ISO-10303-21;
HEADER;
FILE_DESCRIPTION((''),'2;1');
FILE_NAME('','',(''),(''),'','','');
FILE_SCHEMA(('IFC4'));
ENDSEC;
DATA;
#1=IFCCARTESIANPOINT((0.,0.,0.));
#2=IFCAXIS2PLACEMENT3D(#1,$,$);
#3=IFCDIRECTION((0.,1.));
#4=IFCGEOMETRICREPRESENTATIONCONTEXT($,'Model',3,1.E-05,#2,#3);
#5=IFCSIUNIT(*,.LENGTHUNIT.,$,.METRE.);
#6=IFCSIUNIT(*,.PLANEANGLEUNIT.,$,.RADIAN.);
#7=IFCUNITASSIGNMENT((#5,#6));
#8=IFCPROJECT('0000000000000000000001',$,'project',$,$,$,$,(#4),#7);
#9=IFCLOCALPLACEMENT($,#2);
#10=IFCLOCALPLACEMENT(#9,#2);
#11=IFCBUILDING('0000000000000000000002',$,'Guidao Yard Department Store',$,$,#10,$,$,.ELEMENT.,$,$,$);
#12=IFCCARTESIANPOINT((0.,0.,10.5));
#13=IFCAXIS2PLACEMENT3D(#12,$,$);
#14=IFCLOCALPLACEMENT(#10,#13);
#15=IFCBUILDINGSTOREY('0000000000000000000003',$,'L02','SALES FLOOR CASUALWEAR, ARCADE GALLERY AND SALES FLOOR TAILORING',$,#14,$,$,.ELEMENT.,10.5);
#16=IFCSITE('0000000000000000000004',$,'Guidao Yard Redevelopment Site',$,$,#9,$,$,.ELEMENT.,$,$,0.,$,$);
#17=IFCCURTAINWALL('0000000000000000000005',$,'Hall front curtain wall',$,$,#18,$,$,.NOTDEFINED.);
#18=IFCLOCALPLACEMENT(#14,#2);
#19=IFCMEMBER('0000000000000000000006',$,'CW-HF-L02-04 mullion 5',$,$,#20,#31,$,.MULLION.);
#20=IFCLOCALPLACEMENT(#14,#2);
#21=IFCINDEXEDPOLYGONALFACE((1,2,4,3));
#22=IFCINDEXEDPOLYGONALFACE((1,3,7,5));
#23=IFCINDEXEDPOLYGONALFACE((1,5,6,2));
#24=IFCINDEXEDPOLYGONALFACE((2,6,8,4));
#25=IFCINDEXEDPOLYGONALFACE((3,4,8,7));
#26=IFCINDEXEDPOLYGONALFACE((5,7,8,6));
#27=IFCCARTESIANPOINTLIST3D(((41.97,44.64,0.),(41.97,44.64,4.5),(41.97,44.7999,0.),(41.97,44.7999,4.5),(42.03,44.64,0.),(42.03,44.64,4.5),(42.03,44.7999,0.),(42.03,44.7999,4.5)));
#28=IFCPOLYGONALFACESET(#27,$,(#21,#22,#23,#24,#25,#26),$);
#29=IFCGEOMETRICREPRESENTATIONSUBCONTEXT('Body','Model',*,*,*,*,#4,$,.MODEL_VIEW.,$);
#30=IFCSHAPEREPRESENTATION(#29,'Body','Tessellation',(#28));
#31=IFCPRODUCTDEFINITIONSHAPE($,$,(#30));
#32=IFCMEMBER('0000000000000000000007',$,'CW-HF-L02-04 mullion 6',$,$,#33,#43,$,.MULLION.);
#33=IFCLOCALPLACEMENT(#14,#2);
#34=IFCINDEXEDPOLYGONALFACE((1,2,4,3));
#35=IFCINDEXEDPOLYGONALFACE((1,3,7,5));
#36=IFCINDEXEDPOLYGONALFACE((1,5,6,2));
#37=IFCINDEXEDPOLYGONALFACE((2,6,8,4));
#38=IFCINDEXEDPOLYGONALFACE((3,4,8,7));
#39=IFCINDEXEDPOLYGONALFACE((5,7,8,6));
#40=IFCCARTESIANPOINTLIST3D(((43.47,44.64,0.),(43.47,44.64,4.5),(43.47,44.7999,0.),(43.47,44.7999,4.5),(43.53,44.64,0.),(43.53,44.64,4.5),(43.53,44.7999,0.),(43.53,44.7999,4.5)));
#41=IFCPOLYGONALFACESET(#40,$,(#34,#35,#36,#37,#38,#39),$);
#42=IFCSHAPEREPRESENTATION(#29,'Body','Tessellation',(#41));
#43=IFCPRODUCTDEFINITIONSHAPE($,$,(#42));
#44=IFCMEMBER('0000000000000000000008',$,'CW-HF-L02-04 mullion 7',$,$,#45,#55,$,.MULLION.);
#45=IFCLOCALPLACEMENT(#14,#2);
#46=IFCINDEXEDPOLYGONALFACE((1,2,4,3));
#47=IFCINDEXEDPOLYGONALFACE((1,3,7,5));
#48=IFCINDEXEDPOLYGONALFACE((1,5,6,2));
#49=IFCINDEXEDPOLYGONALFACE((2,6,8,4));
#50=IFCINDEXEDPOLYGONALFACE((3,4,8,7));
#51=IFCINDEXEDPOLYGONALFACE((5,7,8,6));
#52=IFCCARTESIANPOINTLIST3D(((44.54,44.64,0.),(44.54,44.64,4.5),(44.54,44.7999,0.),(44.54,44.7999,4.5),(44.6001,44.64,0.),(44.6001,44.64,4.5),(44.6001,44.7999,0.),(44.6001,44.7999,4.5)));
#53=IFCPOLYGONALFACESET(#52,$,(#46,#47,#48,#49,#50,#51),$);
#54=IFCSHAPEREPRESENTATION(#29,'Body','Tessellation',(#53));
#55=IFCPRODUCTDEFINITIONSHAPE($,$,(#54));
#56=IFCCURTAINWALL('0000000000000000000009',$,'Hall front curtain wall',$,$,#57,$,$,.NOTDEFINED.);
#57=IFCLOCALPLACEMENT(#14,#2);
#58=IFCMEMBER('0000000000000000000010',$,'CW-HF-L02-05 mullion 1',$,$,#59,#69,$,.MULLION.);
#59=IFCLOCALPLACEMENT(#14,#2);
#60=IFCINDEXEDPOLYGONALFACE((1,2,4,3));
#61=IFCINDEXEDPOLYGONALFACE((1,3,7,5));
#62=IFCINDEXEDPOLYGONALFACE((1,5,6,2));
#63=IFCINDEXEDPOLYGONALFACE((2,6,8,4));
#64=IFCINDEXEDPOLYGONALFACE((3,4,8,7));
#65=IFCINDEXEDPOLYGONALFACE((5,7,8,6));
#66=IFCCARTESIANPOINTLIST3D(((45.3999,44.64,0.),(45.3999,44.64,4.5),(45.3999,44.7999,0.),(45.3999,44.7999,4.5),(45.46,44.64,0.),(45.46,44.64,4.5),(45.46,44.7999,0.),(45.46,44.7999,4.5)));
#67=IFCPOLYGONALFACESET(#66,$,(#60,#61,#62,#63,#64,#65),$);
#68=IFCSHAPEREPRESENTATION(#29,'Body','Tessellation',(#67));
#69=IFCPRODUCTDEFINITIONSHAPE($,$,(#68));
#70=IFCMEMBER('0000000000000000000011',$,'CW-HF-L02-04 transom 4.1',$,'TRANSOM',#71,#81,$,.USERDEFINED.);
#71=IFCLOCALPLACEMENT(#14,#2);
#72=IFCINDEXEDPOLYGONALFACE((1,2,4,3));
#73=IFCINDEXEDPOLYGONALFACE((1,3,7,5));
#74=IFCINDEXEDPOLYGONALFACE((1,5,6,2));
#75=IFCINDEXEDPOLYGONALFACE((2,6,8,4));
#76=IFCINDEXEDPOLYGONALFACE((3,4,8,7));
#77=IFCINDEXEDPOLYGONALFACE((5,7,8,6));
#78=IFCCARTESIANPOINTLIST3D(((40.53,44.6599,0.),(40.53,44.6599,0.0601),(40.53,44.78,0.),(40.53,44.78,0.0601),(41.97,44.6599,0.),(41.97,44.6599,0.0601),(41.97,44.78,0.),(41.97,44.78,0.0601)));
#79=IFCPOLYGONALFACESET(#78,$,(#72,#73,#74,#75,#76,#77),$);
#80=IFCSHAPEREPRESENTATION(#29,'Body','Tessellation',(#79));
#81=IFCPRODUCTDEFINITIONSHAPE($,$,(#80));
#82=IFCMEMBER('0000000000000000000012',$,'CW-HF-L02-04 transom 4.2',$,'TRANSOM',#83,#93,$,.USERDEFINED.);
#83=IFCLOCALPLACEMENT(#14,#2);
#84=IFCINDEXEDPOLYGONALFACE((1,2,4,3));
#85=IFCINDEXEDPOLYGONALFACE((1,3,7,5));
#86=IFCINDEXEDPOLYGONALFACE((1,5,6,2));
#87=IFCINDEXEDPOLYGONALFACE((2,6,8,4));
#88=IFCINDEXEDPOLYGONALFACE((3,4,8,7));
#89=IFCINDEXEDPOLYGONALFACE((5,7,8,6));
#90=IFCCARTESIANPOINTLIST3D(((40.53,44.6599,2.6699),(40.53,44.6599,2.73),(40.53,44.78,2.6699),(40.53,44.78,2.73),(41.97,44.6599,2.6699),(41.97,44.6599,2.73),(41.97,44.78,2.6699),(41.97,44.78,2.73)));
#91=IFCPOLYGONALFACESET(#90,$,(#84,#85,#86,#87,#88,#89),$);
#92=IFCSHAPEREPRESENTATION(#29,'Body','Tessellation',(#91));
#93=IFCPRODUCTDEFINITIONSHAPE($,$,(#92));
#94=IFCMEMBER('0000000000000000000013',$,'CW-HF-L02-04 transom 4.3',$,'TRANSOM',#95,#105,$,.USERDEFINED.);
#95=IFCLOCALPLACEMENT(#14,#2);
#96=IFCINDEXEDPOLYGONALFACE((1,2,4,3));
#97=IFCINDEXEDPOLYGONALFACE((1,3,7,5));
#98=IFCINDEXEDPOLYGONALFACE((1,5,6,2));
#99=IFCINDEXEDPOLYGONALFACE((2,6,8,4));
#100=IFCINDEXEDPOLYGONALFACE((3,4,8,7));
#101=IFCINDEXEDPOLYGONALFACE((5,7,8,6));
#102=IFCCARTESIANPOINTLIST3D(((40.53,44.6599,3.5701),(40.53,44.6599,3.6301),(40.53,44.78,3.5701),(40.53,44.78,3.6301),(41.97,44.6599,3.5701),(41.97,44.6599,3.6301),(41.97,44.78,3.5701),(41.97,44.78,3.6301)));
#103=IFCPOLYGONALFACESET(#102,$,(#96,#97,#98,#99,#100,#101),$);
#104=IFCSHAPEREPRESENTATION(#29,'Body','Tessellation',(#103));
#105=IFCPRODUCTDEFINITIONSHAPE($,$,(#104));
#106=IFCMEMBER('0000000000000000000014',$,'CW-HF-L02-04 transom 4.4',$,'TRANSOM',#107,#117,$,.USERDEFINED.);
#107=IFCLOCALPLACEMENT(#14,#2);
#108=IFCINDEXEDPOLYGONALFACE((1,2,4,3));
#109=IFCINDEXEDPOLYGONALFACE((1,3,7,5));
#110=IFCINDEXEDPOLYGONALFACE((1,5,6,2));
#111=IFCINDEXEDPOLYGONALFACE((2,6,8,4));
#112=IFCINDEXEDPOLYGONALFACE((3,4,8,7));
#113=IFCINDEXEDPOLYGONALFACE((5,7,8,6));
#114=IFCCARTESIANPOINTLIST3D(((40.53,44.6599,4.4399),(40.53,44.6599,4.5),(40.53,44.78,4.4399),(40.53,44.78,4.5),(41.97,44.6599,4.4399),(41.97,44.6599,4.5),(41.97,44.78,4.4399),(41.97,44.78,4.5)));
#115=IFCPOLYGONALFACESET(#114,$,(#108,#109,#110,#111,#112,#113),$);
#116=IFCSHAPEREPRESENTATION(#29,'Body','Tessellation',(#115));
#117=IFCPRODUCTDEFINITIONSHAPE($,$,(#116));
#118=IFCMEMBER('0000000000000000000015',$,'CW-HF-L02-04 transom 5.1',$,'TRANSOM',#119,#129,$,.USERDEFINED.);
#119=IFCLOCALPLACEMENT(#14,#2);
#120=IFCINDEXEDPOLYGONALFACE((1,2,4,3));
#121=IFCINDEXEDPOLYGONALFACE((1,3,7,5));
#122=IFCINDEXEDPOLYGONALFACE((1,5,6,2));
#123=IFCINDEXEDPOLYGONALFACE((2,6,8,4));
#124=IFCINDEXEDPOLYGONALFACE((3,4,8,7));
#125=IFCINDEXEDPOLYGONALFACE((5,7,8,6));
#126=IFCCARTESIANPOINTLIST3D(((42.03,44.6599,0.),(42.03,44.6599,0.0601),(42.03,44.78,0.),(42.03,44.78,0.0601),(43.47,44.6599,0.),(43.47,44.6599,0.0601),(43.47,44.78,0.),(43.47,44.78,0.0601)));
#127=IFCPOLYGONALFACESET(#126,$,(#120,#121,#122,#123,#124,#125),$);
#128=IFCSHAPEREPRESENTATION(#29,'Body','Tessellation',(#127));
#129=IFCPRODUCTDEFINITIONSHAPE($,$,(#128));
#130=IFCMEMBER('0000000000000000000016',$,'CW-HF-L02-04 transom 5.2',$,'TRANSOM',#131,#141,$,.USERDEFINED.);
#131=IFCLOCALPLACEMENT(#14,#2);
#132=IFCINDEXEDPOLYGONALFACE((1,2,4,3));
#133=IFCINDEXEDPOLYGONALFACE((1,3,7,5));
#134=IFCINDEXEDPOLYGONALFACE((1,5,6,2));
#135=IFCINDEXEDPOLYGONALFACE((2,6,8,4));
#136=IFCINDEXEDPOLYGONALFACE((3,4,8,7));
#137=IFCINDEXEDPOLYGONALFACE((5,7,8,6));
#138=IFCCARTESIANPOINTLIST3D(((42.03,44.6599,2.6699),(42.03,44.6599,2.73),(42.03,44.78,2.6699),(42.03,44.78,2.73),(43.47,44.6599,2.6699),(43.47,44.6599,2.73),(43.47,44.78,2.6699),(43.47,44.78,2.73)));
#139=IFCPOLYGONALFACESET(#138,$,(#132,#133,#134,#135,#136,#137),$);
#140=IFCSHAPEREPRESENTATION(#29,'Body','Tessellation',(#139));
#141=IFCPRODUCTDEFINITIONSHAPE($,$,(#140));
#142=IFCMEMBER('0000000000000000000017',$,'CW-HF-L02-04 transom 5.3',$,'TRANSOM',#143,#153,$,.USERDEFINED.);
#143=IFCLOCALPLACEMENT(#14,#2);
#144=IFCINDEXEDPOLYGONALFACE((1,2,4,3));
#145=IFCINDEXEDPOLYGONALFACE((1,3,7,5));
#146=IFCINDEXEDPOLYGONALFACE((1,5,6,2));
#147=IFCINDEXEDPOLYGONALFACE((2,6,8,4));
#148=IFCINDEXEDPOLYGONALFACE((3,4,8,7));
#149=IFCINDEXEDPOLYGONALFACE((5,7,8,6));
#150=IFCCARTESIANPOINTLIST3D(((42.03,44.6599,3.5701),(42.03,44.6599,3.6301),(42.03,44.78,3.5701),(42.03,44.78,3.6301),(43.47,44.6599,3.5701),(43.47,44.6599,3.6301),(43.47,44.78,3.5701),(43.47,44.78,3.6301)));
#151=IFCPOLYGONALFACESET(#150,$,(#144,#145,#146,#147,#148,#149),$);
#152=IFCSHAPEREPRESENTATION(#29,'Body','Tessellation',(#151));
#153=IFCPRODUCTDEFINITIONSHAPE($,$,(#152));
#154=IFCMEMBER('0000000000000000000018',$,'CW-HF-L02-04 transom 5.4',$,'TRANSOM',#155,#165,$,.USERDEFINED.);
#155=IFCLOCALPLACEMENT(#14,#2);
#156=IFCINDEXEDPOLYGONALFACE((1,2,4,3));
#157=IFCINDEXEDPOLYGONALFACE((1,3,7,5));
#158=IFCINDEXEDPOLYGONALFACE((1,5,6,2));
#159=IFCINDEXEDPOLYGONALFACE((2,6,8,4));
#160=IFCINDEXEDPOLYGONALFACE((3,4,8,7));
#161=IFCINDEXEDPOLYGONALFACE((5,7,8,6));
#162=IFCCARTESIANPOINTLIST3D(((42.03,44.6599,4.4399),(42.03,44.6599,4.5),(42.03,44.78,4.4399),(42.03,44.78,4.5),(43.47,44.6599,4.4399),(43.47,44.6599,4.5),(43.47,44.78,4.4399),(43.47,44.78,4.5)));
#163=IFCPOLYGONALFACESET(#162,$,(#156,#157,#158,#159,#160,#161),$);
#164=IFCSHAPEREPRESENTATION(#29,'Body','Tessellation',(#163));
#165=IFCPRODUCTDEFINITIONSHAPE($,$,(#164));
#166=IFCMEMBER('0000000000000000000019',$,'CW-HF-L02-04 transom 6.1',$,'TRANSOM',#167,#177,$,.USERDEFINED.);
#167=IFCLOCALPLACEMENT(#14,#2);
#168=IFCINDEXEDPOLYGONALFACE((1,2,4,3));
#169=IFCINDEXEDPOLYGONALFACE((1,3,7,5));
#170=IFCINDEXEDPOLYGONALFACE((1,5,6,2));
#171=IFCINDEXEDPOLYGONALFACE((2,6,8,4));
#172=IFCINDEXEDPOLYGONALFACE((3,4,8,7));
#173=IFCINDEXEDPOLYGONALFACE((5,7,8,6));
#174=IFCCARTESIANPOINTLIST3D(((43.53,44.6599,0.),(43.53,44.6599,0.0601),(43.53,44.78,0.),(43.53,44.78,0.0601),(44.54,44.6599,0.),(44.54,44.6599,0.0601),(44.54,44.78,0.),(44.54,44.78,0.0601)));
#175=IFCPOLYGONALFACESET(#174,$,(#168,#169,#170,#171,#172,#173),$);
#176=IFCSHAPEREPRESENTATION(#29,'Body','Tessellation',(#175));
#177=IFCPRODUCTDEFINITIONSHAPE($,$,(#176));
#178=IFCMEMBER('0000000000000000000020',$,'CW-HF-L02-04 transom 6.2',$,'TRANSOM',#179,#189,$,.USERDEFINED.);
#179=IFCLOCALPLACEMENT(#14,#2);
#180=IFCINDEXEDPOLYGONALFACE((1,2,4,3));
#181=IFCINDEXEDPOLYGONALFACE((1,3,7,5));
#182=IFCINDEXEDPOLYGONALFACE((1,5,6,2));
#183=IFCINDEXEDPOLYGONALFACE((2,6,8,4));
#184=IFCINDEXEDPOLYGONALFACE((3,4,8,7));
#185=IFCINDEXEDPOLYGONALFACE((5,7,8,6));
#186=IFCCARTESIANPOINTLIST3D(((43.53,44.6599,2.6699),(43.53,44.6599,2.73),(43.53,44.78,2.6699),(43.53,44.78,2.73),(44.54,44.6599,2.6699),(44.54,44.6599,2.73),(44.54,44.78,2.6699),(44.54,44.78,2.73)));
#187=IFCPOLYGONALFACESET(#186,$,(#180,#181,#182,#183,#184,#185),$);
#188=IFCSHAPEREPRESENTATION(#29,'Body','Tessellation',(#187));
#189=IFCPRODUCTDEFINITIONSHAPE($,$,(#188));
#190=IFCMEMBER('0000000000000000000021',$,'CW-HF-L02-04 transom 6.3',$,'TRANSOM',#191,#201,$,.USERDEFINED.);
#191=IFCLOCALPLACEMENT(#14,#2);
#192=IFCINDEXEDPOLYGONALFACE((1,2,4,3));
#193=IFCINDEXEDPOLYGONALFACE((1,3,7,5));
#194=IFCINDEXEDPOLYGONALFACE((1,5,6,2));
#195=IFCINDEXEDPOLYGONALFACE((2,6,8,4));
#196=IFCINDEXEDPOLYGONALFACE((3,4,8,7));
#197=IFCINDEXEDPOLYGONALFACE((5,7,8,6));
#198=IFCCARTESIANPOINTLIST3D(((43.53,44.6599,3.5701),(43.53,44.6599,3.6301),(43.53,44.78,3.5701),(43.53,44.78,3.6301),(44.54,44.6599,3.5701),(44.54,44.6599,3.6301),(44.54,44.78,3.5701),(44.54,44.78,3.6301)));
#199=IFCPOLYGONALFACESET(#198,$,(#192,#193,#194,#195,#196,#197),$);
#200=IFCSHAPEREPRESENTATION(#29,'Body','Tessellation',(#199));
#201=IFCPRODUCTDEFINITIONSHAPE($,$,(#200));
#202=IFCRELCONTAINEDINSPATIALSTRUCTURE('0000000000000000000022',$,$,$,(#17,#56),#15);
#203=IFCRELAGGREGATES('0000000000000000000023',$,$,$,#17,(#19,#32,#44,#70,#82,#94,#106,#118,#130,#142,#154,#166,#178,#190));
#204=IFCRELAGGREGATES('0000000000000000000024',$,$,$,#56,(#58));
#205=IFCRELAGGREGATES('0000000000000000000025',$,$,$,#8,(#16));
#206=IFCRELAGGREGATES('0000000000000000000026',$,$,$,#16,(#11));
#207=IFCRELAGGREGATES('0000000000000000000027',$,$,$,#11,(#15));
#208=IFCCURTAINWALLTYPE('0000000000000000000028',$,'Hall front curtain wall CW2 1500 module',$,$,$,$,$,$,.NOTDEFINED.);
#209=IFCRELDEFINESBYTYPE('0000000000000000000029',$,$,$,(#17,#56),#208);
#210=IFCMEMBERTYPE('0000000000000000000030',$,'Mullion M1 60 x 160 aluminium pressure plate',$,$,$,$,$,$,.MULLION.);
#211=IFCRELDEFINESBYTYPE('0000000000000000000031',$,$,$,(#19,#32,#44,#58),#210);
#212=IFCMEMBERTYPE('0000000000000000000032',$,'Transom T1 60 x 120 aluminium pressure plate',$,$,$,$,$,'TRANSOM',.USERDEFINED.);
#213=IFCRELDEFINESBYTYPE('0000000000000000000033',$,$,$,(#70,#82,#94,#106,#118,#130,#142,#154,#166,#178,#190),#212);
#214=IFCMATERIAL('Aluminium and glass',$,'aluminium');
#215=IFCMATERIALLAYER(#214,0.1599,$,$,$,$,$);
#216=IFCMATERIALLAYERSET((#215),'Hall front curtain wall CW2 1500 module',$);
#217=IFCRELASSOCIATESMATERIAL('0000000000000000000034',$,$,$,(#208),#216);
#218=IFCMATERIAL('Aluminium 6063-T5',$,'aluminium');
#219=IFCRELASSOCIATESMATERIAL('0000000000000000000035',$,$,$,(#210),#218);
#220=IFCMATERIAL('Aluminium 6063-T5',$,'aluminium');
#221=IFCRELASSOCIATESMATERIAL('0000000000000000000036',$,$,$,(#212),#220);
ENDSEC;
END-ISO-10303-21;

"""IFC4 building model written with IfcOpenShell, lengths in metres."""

from ifc_helpers import new_model, si_unit, direction, frame, origin, origin_2d, place, context, subcontext, project, spatial, rectangle, extrude, material, layer, layer_set, material_profile, profile_set, type_object, element, aggregate, save


model = new_model("IFC4")

# Units and contexts
model_context = context("Model", 3, precision=1e-05, world=origin(), true_north=direction((0.0, 1.0)))
body_context = subcontext(model_context, "Body", "Model", "MODEL_VIEW")
ifc_project = project(units=[si_unit("LENGTHUNIT", "METRE"), si_unit("PLANEANGLEUNIT", "RADIAN")], contexts=[model_context])

# Site, building, storey
site_placement = place(None, origin())
site = spatial("IfcSite", under=ifc_project, at=site_placement, Name="Guidao Yard Redevelopment Site", CompositionType="ELEMENT", RefElevation=0.0)
building_placement = place(site_placement, origin())
building = spatial("IfcBuilding", under=site, at=building_placement, Name="Guidao Yard Department Store", CompositionType="ELEMENT")
storey_placement = place(building_placement, frame((0.0, 0.0, 10.5)))
storey = spatial("IfcBuildingStorey", under=building, at=storey_placement, Name="L02", Description="SALES FLOOR CASUALWEAR, ARCADE GALLERY AND SALES FLOOR TAILORING", CompositionType="ELEMENT", Elevation=10.5)

# Curtain wall, members
ifc_material_1 = material(Name="Aluminium and glass", Category="aluminium")
ifc_layer_1 = layer(ifc_material_1, 0.1599)
ifc_layer_set_1 = layer_set([ifc_layer_1], Name="Hall front curtain wall CW2 1500 module")
curtain_wall_type = type_object("IfcCurtainWallType", Name="Hall front curtain wall CW2 1500 module", PredefinedType="NOTDEFINED", material=ifc_layer_set_1)
curtain_wall_1_placement = place(storey_placement, origin())
curtain_wall_1 = element("IfcCurtainWall", 1, at=curtain_wall_1_placement, inside=storey, type_object=curtain_wall_type, Name="Hall front curtain wall", PredefinedType="NOTDEFINED")
ifc_material_2 = material(Name="Aluminium 6063-T5", Category="aluminium")
ifc_material_profile_1 = material_profile(ifc_material_2, rectangle(XDim=0.0601, YDim=0.1599, at=origin_2d()), Name="Mullion M1 60 x 160 aluminium pressure plate")
ifc_profile_set_1 = profile_set([ifc_material_profile_1], Name="Aluminium 6063-T5")
member_type_1 = type_object("IfcMemberType", Name="Mullion M1 60 x 160 aluminium pressure plate", PredefinedType="MULLION", material=ifc_profile_set_1)
member_1_placement = place(storey_placement, frame((42.0, 44.72, 0.0), z_axis=(0.0, 0.0, 1.0), x_axis=(-1.0, 0.0, 0.0)))
member_1 = element("IfcMember", 2, at=member_1_placement, type_object=member_type_1, Name="CW-HF-L02-04 mullion 5", PredefinedType="MULLION", context=body_context, shape_type="SweptSolid", body=[
    extrude(rectangle(XDim=0.0601, YDim=0.1599, at=origin_2d()), origin(), (0.0, 0.0, 1.0), 4.5),
])
member_2_placement = place(storey_placement, frame((43.5, 44.72, 0.0), z_axis=(0.0, 0.0, 1.0), x_axis=(-1.0, 0.0, 0.0)))
member_2 = element("IfcMember", 3, at=member_2_placement, type_object=member_type_1, Name="CW-HF-L02-04 mullion 6", PredefinedType="MULLION", context=body_context, shape_type="SweptSolid", body=[
    extrude(rectangle(XDim=0.0601, YDim=0.1599, at=origin_2d()), origin(), (0.0, 0.0, 1.0), 4.5),
])
member_3_placement = place(storey_placement, frame((44.5701, 44.72, 0.0), z_axis=(0.0, 0.0, 1.0), x_axis=(-1.0, 0.0, 0.0)))
member_3 = element("IfcMember", 4, at=member_3_placement, type_object=member_type_1, Name="CW-HF-L02-04 mullion 7", PredefinedType="MULLION", context=body_context, shape_type="SweptSolid", body=[
    extrude(rectangle(XDim=0.0601, YDim=0.1599, at=origin_2d()), origin(), (0.0, 0.0, 1.0), 4.5),
])

# Curtain wall, member
curtain_wall_2_placement = place(storey_placement, origin())
curtain_wall_2 = element("IfcCurtainWall", 5, at=curtain_wall_2_placement, inside=storey, type_object=curtain_wall_type, Name="Hall front curtain wall", PredefinedType="NOTDEFINED")
member_4_placement = place(storey_placement, frame((45.4299, 44.72, 0.0), z_axis=(0.0, 0.0, 1.0), x_axis=(-1.0, 0.0, 0.0)))
member_4 = element("IfcMember", 6, at=member_4_placement, type_object=member_type_1, Name="CW-HF-L02-05 mullion 1", PredefinedType="MULLION", context=body_context, shape_type="SweptSolid", body=[
    extrude(rectangle(XDim=0.0601, YDim=0.1599, at=origin_2d()), origin(), (0.0, 0.0, 1.0), 4.5),
])

# Members
ifc_material_3 = material(Name="Aluminium 6063-T5", Category="aluminium")
ifc_material_profile_2 = material_profile(ifc_material_3, rectangle(XDim=0.1201, YDim=0.0601, at=origin_2d()), Name="Transom T1 60 x 120 aluminium pressure plate")
ifc_profile_set_2 = profile_set([ifc_material_profile_2], Name="Aluminium 6063-T5")
member_type_2 = type_object("IfcMemberType", Name="Transom T1 60 x 120 aluminium pressure plate", ElementType="TRANSOM", PredefinedType="USERDEFINED", material=ifc_profile_set_2)
member_5_placement = place(storey_placement, frame((41.97, 44.72, 0.03), z_axis=(-1.0, 0.0, 0.0), x_axis=(0.0, -1.0, 0.0)))
member_5 = element("IfcMember", 7, at=member_5_placement, type_object=member_type_2, Name="CW-HF-L02-04 transom 4.1", ObjectType="TRANSOM", PredefinedType="USERDEFINED", context=body_context, shape_type="SweptSolid", body=[
    extrude(rectangle(XDim=0.1201, YDim=0.0601, at=origin_2d()), origin(), (0.0, 0.0, 1.0), 1.4399),
])
member_6_placement = place(storey_placement, frame((41.97, 44.72, 2.7), z_axis=(-1.0, 0.0, 0.0), x_axis=(0.0, -1.0, 0.0)))
member_6 = element("IfcMember", 8, at=member_6_placement, type_object=member_type_2, Name="CW-HF-L02-04 transom 4.2", ObjectType="TRANSOM", PredefinedType="USERDEFINED", context=body_context, shape_type="SweptSolid", body=[
    extrude(rectangle(XDim=0.1201, YDim=0.0601, at=origin_2d()), origin(), (0.0, 0.0, 1.0), 1.4399),
])
member_7_placement = place(storey_placement, frame((41.97, 44.72, 3.6001), z_axis=(-1.0, 0.0, 0.0), x_axis=(0.0, -1.0, 0.0)))
member_7 = element("IfcMember", 9, at=member_7_placement, type_object=member_type_2, Name="CW-HF-L02-04 transom 4.3", ObjectType="TRANSOM", PredefinedType="USERDEFINED", context=body_context, shape_type="SweptSolid", body=[
    extrude(rectangle(XDim=0.1201, YDim=0.0601, at=origin_2d()), origin(), (0.0, 0.0, 1.0), 1.4399),
])
member_8_placement = place(storey_placement, frame((41.97, 44.72, 4.47), z_axis=(-1.0, 0.0, 0.0), x_axis=(0.0, -1.0, 0.0)))
member_8 = element("IfcMember", 10, at=member_8_placement, type_object=member_type_2, Name="CW-HF-L02-04 transom 4.4", ObjectType="TRANSOM", PredefinedType="USERDEFINED", context=body_context, shape_type="SweptSolid", body=[
    extrude(rectangle(XDim=0.1201, YDim=0.0601, at=origin_2d()), origin(), (0.0, 0.0, 1.0), 1.4399),
])
member_9_placement = place(storey_placement, frame((43.47, 44.72, 0.03), z_axis=(-1.0, 0.0, 0.0), x_axis=(0.0, -1.0, 0.0)))
member_9 = element("IfcMember", 11, at=member_9_placement, type_object=member_type_2, Name="CW-HF-L02-04 transom 5.1", ObjectType="TRANSOM", PredefinedType="USERDEFINED", context=body_context, shape_type="SweptSolid", body=[
    extrude(rectangle(XDim=0.1201, YDim=0.0601, at=origin_2d()), origin(), (0.0, 0.0, 1.0), 1.4399),
])
member_10_placement = place(storey_placement, frame((43.47, 44.72, 2.7), z_axis=(-1.0, 0.0, 0.0), x_axis=(0.0, -1.0, 0.0)))
member_10 = element("IfcMember", 12, at=member_10_placement, type_object=member_type_2, Name="CW-HF-L02-04 transom 5.2", ObjectType="TRANSOM", PredefinedType="USERDEFINED", context=body_context, shape_type="SweptSolid", body=[
    extrude(rectangle(XDim=0.1201, YDim=0.0601, at=origin_2d()), origin(), (0.0, 0.0, 1.0), 1.4399),
])
member_11_placement = place(storey_placement, frame((43.47, 44.72, 3.6001), z_axis=(-1.0, 0.0, 0.0), x_axis=(0.0, -1.0, 0.0)))
member_11 = element("IfcMember", 13, at=member_11_placement, type_object=member_type_2, Name="CW-HF-L02-04 transom 5.3", ObjectType="TRANSOM", PredefinedType="USERDEFINED", context=body_context, shape_type="SweptSolid", body=[
    extrude(rectangle(XDim=0.1201, YDim=0.0601, at=origin_2d()), origin(), (0.0, 0.0, 1.0), 1.4399),
])
member_12_placement = place(storey_placement, frame((43.47, 44.72, 4.47), z_axis=(-1.0, 0.0, 0.0), x_axis=(0.0, -1.0, 0.0)))
member_12 = element("IfcMember", 14, at=member_12_placement, type_object=member_type_2, Name="CW-HF-L02-04 transom 5.4", ObjectType="TRANSOM", PredefinedType="USERDEFINED", context=body_context, shape_type="SweptSolid", body=[
    extrude(rectangle(XDim=0.1201, YDim=0.0601, at=origin_2d()), origin(), (0.0, 0.0, 1.0), 1.4399),
])
member_13_placement = place(storey_placement, frame((44.54, 44.72, 0.03), z_axis=(-1.0, 0.0, 0.0), x_axis=(0.0, -1.0, 0.0)))
member_13 = element("IfcMember", 15, at=member_13_placement, type_object=member_type_2, Name="CW-HF-L02-04 transom 6.1", ObjectType="TRANSOM", PredefinedType="USERDEFINED", context=body_context, shape_type="SweptSolid", body=[
    extrude(rectangle(XDim=0.1201, YDim=0.0601, at=origin_2d()), origin(), (0.0, 0.0, 1.0), 1.01),
])
member_14_placement = place(storey_placement, frame((44.54, 44.72, 2.7), z_axis=(-1.0, 0.0, 0.0), x_axis=(0.0, -1.0, 0.0)))
member_14 = element("IfcMember", 16, at=member_14_placement, type_object=member_type_2, Name="CW-HF-L02-04 transom 6.2", ObjectType="TRANSOM", PredefinedType="USERDEFINED", context=body_context, shape_type="SweptSolid", body=[
    extrude(rectangle(XDim=0.1201, YDim=0.0601, at=origin_2d()), origin(), (0.0, 0.0, 1.0), 1.01),
])
member_15_placement = place(storey_placement, frame((44.54, 44.72, 3.6001), z_axis=(-1.0, 0.0, 0.0), x_axis=(0.0, -1.0, 0.0)))
member_15 = element("IfcMember", 17, at=member_15_placement, type_object=member_type_2, Name="CW-HF-L02-04 transom 6.3", ObjectType="TRANSOM", PredefinedType="USERDEFINED", context=body_context, shape_type="SweptSolid", body=[
    extrude(rectangle(XDim=0.1201, YDim=0.0601, at=origin_2d()), origin(), (0.0, 0.0, 1.0), 1.01),
])

aggregate(curtain_wall_1, [member_1, member_2, member_3, member_5, member_6, member_7, member_8, member_9, member_10, member_11, member_12, member_13, member_14, member_15])
aggregate(curtain_wall_2, [member_4])

save(model, "model.ifc")
